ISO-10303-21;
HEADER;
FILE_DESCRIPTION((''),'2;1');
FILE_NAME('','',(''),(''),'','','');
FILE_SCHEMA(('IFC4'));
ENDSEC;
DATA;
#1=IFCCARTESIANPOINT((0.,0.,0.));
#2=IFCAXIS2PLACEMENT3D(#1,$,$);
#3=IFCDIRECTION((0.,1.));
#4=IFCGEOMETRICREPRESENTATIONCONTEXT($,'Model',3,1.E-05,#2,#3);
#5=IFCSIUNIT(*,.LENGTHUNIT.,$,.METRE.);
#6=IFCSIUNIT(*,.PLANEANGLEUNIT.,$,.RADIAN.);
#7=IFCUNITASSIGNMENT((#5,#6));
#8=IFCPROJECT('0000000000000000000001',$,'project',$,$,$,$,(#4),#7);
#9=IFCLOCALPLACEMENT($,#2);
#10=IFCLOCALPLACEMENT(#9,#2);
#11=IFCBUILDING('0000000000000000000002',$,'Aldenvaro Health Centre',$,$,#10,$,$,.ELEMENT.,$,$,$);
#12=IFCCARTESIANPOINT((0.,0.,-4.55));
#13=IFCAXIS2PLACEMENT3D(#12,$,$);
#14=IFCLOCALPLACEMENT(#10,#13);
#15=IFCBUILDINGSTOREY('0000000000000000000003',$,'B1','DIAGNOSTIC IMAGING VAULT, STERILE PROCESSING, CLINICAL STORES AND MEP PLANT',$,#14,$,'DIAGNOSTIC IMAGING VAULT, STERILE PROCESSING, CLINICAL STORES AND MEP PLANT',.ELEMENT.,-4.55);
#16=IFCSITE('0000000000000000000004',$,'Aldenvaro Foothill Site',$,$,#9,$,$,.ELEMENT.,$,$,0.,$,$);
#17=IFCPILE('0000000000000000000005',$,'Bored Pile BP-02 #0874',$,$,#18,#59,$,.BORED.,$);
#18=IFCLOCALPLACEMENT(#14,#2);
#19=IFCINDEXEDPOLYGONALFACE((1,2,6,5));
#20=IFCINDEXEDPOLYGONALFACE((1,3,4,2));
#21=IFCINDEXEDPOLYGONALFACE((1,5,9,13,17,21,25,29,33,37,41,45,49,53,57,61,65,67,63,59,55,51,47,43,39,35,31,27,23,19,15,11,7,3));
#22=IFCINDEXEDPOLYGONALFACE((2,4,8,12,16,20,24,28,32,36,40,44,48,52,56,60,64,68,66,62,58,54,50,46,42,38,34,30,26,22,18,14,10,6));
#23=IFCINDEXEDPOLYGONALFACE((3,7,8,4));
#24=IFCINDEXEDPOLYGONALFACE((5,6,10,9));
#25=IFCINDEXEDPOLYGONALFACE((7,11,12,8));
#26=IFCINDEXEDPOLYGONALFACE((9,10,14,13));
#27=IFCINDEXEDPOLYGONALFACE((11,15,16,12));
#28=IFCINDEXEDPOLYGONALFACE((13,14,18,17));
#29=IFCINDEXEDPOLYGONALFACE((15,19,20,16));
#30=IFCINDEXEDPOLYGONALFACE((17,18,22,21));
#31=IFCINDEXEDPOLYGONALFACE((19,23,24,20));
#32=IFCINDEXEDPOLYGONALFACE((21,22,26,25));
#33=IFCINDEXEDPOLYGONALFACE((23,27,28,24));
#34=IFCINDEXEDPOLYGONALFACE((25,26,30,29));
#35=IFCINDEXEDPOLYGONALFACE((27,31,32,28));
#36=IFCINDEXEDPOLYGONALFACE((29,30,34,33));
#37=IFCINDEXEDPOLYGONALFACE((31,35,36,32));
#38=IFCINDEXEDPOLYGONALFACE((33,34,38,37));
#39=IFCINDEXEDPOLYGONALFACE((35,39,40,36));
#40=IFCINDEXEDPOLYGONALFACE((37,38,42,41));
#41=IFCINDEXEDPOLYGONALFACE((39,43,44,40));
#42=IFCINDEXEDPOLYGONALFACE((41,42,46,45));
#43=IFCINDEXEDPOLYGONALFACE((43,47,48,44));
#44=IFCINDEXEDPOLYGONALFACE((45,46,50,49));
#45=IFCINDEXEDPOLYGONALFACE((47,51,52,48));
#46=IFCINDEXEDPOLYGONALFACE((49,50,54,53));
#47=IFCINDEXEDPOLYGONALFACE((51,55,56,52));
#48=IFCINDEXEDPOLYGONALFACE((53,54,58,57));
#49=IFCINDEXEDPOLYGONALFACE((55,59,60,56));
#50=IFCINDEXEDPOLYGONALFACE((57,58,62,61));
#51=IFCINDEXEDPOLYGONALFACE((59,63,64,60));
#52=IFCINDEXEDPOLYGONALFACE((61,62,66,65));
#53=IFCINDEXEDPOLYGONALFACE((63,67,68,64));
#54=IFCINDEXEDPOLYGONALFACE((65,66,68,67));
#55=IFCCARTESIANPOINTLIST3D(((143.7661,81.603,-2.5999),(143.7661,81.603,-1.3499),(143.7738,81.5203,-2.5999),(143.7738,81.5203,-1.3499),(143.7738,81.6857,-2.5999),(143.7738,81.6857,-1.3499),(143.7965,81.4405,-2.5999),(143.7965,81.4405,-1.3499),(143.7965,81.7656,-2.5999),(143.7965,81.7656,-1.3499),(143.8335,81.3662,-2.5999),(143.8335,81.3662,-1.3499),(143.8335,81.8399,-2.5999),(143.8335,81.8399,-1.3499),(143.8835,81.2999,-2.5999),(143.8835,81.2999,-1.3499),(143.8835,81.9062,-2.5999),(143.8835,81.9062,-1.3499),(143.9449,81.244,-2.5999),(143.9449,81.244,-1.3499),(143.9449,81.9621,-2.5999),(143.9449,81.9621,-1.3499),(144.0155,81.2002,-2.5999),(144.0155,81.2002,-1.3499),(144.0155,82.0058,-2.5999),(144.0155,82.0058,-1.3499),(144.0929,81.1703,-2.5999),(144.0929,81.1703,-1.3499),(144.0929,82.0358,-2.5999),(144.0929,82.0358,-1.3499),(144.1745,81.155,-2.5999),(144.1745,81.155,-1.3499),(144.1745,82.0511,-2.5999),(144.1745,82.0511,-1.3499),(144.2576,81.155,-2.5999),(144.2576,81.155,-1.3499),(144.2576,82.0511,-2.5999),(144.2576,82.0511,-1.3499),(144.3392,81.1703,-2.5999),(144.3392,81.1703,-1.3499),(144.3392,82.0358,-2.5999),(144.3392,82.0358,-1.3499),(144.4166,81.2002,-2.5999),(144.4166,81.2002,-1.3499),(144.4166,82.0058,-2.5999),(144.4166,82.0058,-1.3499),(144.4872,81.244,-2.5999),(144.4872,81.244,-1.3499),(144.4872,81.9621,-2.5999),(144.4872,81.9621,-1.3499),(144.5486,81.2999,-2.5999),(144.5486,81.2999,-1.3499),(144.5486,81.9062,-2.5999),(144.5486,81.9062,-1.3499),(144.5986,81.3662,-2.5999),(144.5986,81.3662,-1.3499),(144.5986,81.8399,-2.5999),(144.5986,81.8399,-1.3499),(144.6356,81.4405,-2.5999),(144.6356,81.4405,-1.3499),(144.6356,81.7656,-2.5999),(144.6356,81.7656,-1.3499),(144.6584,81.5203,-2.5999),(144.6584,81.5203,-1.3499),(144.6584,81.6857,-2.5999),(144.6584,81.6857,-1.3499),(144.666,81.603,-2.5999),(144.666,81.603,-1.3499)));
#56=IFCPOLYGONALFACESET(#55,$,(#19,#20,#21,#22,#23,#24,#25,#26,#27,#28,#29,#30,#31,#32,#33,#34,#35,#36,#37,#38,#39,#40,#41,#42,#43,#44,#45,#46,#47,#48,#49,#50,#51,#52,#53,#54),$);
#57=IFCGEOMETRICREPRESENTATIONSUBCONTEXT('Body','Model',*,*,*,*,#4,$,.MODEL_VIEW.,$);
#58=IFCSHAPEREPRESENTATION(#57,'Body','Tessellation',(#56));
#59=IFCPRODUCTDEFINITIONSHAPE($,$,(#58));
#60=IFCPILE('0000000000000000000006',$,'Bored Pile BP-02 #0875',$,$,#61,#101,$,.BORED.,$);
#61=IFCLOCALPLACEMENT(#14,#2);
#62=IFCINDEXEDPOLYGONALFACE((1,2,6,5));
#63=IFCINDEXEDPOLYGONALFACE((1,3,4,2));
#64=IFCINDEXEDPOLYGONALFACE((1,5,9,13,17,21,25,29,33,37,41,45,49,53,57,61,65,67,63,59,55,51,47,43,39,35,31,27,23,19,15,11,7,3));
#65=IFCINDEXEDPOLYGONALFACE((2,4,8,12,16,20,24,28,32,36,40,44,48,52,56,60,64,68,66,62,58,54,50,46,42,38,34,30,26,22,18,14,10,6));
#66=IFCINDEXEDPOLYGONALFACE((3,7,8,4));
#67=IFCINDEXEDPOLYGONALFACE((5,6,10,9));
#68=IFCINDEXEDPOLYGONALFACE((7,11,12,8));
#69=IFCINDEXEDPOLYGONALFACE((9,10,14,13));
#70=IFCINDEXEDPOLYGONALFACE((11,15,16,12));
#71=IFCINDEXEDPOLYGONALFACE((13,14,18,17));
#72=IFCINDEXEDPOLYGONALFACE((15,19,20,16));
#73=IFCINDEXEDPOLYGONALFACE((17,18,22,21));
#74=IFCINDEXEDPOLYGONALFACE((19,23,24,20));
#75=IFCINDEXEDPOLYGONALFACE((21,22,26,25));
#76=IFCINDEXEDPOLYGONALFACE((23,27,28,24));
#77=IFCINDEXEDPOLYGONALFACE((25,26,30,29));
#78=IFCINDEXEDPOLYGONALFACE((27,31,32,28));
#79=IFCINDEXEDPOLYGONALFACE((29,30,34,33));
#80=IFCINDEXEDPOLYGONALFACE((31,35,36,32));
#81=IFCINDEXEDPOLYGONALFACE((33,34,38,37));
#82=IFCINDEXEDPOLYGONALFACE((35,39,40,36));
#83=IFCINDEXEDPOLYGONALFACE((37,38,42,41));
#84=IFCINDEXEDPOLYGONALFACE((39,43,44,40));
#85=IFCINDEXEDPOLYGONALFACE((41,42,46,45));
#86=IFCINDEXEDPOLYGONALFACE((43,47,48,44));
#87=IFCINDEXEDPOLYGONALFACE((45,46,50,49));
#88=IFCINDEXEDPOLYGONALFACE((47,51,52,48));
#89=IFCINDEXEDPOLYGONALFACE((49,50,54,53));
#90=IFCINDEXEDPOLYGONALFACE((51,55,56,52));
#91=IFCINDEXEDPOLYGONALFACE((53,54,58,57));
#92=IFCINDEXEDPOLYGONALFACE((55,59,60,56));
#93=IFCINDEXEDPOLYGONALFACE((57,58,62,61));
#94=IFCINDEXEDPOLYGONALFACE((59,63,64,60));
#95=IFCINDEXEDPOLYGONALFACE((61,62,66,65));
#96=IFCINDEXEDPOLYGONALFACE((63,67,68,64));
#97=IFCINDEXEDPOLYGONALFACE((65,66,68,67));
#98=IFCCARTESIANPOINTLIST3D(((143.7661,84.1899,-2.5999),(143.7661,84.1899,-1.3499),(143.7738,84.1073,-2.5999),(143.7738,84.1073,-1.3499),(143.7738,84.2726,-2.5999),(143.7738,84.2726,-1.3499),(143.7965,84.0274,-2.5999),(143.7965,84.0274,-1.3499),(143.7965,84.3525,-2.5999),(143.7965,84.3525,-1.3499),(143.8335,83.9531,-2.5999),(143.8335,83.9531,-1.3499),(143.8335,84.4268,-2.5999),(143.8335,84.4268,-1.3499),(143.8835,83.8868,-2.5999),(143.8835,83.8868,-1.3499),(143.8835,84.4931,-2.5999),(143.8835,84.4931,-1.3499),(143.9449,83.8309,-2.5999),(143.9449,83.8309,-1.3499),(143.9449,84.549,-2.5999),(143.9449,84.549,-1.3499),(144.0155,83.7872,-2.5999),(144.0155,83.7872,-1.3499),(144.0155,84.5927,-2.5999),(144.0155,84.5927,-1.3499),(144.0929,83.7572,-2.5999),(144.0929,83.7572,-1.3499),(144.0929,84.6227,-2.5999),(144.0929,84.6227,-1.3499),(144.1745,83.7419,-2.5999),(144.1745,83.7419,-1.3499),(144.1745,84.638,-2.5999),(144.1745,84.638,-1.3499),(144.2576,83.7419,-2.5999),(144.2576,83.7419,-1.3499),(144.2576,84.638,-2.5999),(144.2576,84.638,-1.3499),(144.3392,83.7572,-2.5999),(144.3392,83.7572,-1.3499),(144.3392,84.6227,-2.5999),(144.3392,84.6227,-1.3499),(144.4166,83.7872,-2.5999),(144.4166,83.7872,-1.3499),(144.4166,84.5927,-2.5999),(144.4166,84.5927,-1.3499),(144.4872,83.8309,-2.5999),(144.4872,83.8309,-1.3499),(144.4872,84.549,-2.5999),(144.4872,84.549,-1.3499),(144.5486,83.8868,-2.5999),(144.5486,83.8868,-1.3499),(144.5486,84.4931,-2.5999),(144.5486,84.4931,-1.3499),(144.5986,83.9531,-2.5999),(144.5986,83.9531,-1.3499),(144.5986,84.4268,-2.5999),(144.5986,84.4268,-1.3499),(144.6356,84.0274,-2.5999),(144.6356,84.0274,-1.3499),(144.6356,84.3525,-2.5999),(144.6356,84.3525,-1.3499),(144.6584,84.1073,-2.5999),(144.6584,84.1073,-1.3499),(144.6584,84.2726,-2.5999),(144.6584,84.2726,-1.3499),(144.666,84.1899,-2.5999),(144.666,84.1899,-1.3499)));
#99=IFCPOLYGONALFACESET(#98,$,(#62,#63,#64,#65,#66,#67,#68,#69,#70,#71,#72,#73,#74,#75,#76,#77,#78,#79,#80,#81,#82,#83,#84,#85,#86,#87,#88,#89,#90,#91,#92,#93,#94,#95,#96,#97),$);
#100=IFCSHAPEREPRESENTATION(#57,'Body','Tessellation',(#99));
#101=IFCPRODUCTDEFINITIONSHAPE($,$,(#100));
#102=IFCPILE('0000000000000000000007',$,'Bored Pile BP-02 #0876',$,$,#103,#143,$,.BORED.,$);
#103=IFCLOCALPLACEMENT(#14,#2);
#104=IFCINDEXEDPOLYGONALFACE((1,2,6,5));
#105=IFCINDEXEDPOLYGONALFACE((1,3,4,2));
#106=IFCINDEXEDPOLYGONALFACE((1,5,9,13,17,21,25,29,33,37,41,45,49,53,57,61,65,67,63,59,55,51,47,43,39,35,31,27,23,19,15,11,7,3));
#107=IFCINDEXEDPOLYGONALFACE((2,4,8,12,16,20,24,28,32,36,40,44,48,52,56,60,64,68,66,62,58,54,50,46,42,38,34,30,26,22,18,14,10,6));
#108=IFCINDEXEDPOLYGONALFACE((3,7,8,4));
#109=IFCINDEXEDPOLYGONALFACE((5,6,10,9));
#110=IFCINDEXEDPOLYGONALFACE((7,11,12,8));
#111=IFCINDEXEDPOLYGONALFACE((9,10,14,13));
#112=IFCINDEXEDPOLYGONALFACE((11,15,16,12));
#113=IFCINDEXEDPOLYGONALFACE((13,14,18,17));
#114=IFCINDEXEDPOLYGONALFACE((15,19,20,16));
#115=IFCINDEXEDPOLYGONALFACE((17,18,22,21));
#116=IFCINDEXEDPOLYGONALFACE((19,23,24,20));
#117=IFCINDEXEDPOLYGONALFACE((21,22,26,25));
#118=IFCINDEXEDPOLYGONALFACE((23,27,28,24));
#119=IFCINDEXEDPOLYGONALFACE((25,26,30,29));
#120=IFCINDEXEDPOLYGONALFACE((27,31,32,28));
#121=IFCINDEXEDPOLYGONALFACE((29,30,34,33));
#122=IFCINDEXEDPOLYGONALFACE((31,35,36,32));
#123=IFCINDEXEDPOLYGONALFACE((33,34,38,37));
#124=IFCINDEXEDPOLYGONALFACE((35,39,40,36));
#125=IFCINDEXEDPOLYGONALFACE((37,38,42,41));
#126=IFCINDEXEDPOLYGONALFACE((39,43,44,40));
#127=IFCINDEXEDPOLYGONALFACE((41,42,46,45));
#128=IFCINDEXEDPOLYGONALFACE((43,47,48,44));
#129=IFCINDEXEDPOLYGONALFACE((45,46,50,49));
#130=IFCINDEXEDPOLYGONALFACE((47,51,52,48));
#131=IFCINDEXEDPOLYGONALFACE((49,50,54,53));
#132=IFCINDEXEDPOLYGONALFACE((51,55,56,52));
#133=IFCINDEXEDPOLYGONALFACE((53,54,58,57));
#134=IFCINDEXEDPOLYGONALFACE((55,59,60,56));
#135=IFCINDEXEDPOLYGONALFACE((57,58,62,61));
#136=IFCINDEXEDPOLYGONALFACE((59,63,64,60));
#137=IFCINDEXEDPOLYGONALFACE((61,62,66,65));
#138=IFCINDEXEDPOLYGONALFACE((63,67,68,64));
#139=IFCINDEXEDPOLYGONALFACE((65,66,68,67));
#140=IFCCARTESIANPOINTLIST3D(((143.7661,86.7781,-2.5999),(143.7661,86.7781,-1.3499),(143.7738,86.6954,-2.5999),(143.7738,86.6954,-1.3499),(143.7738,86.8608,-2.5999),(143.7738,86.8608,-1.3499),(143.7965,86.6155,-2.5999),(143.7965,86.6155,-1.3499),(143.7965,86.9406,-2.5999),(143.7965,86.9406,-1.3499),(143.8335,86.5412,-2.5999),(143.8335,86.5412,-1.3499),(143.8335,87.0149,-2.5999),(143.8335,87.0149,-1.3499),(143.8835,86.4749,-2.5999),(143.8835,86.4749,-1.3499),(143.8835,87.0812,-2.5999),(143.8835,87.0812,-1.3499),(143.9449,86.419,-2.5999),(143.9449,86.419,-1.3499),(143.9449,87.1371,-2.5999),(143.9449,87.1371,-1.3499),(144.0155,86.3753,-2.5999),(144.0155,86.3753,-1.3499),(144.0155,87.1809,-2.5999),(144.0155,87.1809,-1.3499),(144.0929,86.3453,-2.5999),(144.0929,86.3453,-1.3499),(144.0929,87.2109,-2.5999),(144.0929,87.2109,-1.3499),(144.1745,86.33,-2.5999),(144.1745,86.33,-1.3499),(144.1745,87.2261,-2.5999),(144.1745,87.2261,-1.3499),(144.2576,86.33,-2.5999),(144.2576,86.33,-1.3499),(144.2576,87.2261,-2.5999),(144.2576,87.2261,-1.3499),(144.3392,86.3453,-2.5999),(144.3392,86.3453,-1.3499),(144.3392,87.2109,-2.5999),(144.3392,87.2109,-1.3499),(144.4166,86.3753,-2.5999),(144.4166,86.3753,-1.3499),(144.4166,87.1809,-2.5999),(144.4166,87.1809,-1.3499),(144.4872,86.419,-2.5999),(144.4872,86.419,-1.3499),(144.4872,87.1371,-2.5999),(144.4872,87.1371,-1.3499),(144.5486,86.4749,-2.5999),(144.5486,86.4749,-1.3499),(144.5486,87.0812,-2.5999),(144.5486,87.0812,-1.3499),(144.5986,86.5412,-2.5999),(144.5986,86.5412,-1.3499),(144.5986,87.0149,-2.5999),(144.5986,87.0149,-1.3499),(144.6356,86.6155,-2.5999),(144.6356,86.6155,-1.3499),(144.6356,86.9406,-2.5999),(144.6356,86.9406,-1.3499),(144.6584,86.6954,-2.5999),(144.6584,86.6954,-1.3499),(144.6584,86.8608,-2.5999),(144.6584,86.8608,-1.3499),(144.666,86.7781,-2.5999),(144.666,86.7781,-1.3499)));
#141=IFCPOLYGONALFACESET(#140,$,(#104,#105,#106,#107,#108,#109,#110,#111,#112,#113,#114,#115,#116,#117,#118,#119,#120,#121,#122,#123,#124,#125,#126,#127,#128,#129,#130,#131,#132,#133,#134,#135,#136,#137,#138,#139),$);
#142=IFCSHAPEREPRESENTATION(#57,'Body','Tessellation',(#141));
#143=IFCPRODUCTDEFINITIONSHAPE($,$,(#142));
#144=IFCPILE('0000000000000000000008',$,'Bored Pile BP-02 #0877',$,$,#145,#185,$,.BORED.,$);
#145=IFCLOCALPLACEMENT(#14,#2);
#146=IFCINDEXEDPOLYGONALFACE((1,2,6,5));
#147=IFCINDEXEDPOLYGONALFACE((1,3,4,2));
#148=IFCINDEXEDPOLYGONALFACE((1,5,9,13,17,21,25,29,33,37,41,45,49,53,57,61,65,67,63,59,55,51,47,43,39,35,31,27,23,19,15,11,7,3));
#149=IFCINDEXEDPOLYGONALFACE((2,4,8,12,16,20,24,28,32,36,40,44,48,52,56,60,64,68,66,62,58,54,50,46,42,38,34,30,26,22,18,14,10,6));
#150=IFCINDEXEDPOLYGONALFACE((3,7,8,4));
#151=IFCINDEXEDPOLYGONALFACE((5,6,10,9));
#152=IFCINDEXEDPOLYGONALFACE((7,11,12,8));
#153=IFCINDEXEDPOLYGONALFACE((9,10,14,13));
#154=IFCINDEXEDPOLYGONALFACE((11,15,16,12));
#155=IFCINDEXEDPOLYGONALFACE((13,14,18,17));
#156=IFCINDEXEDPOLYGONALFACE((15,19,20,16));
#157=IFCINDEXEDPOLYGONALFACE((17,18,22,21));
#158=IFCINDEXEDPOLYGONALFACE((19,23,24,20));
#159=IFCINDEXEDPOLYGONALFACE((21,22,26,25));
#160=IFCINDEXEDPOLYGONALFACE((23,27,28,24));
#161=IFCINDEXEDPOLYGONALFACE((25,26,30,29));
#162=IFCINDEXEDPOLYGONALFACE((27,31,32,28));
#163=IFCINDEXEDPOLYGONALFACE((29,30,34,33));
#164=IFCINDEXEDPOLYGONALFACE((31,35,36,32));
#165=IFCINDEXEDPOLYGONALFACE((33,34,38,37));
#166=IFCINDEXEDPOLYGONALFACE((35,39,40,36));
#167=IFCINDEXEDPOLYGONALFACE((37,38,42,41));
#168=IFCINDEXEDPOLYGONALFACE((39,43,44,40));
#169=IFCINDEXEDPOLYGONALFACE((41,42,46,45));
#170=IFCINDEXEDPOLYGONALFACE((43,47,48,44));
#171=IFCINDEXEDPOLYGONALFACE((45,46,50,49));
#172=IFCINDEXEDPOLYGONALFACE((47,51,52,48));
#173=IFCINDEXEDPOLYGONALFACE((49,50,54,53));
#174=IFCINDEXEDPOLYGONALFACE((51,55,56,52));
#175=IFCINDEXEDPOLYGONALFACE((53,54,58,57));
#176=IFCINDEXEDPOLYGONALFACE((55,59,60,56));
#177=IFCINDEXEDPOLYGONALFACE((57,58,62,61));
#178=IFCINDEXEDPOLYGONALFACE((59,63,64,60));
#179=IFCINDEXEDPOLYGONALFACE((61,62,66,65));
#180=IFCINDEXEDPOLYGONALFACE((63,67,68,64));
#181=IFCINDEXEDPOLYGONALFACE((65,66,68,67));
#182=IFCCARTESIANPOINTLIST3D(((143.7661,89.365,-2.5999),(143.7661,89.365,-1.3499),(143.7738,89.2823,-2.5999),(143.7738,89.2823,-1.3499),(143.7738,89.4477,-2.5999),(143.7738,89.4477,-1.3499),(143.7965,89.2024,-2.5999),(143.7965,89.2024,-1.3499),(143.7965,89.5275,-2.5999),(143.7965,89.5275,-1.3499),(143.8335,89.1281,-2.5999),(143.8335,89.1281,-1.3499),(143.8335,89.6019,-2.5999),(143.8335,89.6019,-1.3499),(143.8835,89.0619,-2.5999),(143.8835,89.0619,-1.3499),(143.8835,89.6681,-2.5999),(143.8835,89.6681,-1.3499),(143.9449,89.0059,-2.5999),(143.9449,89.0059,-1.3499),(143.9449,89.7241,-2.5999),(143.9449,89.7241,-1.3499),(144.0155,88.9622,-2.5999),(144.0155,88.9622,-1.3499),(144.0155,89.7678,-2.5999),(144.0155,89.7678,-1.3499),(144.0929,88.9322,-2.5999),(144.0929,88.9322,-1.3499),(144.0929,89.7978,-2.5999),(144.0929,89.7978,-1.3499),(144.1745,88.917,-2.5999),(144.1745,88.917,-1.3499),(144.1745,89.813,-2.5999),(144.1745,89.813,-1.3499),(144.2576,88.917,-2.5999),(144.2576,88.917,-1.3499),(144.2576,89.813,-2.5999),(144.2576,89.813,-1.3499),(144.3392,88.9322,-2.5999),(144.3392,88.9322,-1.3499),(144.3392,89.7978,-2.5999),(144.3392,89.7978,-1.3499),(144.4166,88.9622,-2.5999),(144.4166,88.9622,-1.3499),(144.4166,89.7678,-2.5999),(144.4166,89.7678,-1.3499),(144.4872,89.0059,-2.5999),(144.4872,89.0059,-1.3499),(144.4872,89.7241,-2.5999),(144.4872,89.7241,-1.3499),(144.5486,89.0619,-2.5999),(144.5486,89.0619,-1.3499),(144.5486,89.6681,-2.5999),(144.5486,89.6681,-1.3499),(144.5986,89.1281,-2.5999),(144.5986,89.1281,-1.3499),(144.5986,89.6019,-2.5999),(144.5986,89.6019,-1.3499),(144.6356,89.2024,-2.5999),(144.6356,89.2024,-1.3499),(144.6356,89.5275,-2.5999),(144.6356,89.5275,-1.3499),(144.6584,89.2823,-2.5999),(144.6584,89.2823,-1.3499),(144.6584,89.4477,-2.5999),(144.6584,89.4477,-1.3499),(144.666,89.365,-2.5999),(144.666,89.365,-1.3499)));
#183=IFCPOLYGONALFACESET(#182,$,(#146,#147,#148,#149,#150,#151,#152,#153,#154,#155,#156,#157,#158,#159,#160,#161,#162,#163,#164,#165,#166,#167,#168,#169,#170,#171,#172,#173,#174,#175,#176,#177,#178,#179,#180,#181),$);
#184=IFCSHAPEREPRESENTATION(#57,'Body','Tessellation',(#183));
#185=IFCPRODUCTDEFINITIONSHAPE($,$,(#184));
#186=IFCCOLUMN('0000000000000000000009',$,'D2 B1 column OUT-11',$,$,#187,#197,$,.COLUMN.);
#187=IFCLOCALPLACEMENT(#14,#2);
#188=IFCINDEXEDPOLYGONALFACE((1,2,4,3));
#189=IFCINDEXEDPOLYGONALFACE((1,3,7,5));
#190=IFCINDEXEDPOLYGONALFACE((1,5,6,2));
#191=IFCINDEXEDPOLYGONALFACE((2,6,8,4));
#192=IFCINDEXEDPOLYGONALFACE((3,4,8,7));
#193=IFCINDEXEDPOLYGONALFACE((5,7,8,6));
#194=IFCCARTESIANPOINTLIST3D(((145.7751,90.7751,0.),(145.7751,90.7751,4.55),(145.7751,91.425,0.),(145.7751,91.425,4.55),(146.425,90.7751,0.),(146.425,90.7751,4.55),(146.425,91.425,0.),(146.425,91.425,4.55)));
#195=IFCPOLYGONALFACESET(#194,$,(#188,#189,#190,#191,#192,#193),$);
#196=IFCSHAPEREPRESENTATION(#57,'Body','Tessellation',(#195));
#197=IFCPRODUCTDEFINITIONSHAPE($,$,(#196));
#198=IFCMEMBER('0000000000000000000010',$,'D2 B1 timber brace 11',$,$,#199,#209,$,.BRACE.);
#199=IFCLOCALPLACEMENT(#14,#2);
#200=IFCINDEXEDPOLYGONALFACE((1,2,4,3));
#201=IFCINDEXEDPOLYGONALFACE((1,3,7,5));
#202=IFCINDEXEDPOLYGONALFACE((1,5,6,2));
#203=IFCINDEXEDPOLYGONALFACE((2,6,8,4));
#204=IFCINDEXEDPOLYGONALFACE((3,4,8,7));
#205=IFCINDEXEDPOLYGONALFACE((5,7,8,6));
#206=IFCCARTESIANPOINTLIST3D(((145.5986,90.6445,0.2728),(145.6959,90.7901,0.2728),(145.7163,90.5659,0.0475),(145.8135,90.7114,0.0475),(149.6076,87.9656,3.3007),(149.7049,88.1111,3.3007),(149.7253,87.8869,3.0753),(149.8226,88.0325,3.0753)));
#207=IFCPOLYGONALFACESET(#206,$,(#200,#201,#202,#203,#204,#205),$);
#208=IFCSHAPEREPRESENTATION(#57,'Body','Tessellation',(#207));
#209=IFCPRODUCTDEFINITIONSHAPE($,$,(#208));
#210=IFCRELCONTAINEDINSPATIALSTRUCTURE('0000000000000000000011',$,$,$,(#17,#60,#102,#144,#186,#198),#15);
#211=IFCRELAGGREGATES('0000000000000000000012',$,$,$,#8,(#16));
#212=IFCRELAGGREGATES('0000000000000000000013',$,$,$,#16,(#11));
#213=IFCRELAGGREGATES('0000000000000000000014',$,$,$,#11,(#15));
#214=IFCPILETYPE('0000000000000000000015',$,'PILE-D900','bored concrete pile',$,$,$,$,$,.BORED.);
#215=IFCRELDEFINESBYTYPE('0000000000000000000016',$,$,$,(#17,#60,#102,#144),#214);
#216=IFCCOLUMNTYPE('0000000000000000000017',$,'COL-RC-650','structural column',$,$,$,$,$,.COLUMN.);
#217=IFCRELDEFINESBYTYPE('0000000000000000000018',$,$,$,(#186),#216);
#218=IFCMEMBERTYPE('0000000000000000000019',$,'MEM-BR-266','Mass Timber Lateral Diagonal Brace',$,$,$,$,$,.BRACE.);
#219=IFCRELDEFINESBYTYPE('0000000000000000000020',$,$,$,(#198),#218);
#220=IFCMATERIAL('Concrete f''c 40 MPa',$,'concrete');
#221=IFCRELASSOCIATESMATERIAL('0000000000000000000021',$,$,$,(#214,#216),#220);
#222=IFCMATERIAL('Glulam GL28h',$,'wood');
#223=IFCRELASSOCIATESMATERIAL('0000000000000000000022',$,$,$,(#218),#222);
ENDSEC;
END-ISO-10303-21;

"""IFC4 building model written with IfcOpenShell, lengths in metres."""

from ifc_helpers import new_model, si_unit, direction, frame, origin, origin_2d, place, context, subcontext, project, spatial, rectangle, circle, extrude, material, material_profile, profile_set, type_object, element, save


model = new_model("IFC4")

# Units and contexts
model_context = context("Model", 3, precision=1e-05, world=origin(), true_north=direction((0.0, 1.0)))
body_context = subcontext(model_context, "Body", "Model", "MODEL_VIEW")
ifc_project = project(units=[si_unit("LENGTHUNIT", "METRE"), si_unit("PLANEANGLEUNIT", "RADIAN")], contexts=[model_context])

# Site, building, storey
site_placement = place(None, origin())
site = spatial("IfcSite", under=ifc_project, at=site_placement, Name="Aldenvaro Foothill Site", CompositionType="ELEMENT", RefElevation=0.0)
building_placement = place(site_placement, origin())
building = spatial("IfcBuilding", under=site, at=building_placement, Name="Aldenvaro Health Centre", CompositionType="ELEMENT")
storey_placement = place(building_placement, frame((0.0, 0.0, -4.55)))
storey = spatial("IfcBuildingStorey", under=building, at=storey_placement, Name="B1", Description="DIAGNOSTIC IMAGING VAULT, STERILE PROCESSING, CLINICAL STORES AND MEP PLANT", LongName="DIAGNOSTIC IMAGING VAULT, STERILE PROCESSING, CLINICAL STORES AND MEP PLANT", CompositionType="ELEMENT", Elevation=-4.55)

# Piles
ifc_material_1 = material(Name="Concrete f'c 40 MPa", Category="concrete")
ifc_material_profile_1 = material_profile(ifc_material_1, circle(Radius=0.45, at=origin_2d()), Name="PILE D900", Category="concrete")
ifc_profile_set_1 = profile_set([ifc_material_profile_1], Name="Concrete f'c 40 MPa")
pile_type = type_object("IfcPileType", Name="PILE-D900", Description="bored concrete pile", PredefinedType="BORED", material=ifc_profile_set_1)
for number, where, z_axis, x_axis, name in (
    (1, (144.2161, 81.603, -1.3499), (0.0, 0.0, -1.0), (1.0, 0.0, 0.0), "Bored Pile BP-02 #0874"),
    (2, (144.2161, 84.1899, -1.3499), (0.0, 0.0, -1.0), (1.0, 0.0, 0.0), "Bored Pile BP-02 #0875"),
    (3, (144.2161, 86.7781, -1.3499), (0.0, 0.0, -1.0), (1.0, 0.0, 0.0), "Bored Pile BP-02 #0876"),
    (4, (144.2161, 89.365, -1.3499), (0.0, 0.0, -1.0), (1.0, 0.0, 0.0), "Bored Pile BP-02 #0877"),
):
    element("IfcPile", number, at=place(storey_placement, frame(where, z_axis=z_axis, x_axis=x_axis)), inside=storey, type_object=pile_type, Name=name, PredefinedType="BORED", context=body_context, shape_type="SweptSolid", body=[
        extrude(circle(Radius=0.45, at=origin_2d()), origin(), (0.0, 0.0, 1.0), 1.25),
    ])

# Column
ifc_material_profile_2 = material_profile(ifc_material_1, rectangle(XDim=0.6499, YDim=0.6499, at=origin_2d()), Name="RC 650x650", Category="concrete")
ifc_profile_set_2 = profile_set([ifc_material_profile_2], Name="Concrete f'c 40 MPa")
column_type = type_object("IfcColumnType", Name="COL-RC-650", Description="structural column", PredefinedType="COLUMN", material=ifc_profile_set_2)
column_placement = place(storey_placement, frame((146.1001, 91.1001, 0.0), z_axis=(0.0, 0.0, 1.0), x_axis=(1.0, 0.0, 0.0)))
element("IfcColumn", 5, at=column_placement, inside=storey, type_object=column_type, Name="D2 B1 column OUT-11", PredefinedType="COLUMN", context=body_context, shape_type="SweptSolid", body=[
    extrude(rectangle(XDim=0.6499, YDim=0.6499, at=origin_2d()), origin(), (0.0, 0.0, 1.0), 4.55),
])

# Member
ifc_material_2 = material(Name="Glulam GL28h", Category="wood")
ifc_material_profile_3 = material_profile(ifc_material_2, rectangle(XDim=0.175, YDim=0.2661, at=origin_2d()), Name="GL 175x266", Category="wood")
ifc_profile_set_3 = profile_set([ifc_material_profile_3], Name="Glulam GL28h")
member_type = type_object("IfcMemberType", Name="MEM-BR-266", Description="Mass Timber Lateral Diagonal Brace", PredefinedType="BRACE", material=ifc_profile_set_3)
member_placement = place(storey_placement, frame((145.7061, 90.678, 0.1602), z_axis=(0.704132, -0.470522, 0.531797), x_axis=(0.5556, 0.83145, 0.0)))
element("IfcMember", 6, at=member_placement, inside=storey, type_object=member_type, Name="D2 B1 timber brace 11", PredefinedType="BRACE", context=body_context, shape_type="SweptSolid", body=[
    extrude(rectangle(XDim=0.175, YDim=0.2661, at=origin_2d()), origin(), (0.0, 0.0, 1.0), 5.6936),
])

save(model, "model.ifc")
